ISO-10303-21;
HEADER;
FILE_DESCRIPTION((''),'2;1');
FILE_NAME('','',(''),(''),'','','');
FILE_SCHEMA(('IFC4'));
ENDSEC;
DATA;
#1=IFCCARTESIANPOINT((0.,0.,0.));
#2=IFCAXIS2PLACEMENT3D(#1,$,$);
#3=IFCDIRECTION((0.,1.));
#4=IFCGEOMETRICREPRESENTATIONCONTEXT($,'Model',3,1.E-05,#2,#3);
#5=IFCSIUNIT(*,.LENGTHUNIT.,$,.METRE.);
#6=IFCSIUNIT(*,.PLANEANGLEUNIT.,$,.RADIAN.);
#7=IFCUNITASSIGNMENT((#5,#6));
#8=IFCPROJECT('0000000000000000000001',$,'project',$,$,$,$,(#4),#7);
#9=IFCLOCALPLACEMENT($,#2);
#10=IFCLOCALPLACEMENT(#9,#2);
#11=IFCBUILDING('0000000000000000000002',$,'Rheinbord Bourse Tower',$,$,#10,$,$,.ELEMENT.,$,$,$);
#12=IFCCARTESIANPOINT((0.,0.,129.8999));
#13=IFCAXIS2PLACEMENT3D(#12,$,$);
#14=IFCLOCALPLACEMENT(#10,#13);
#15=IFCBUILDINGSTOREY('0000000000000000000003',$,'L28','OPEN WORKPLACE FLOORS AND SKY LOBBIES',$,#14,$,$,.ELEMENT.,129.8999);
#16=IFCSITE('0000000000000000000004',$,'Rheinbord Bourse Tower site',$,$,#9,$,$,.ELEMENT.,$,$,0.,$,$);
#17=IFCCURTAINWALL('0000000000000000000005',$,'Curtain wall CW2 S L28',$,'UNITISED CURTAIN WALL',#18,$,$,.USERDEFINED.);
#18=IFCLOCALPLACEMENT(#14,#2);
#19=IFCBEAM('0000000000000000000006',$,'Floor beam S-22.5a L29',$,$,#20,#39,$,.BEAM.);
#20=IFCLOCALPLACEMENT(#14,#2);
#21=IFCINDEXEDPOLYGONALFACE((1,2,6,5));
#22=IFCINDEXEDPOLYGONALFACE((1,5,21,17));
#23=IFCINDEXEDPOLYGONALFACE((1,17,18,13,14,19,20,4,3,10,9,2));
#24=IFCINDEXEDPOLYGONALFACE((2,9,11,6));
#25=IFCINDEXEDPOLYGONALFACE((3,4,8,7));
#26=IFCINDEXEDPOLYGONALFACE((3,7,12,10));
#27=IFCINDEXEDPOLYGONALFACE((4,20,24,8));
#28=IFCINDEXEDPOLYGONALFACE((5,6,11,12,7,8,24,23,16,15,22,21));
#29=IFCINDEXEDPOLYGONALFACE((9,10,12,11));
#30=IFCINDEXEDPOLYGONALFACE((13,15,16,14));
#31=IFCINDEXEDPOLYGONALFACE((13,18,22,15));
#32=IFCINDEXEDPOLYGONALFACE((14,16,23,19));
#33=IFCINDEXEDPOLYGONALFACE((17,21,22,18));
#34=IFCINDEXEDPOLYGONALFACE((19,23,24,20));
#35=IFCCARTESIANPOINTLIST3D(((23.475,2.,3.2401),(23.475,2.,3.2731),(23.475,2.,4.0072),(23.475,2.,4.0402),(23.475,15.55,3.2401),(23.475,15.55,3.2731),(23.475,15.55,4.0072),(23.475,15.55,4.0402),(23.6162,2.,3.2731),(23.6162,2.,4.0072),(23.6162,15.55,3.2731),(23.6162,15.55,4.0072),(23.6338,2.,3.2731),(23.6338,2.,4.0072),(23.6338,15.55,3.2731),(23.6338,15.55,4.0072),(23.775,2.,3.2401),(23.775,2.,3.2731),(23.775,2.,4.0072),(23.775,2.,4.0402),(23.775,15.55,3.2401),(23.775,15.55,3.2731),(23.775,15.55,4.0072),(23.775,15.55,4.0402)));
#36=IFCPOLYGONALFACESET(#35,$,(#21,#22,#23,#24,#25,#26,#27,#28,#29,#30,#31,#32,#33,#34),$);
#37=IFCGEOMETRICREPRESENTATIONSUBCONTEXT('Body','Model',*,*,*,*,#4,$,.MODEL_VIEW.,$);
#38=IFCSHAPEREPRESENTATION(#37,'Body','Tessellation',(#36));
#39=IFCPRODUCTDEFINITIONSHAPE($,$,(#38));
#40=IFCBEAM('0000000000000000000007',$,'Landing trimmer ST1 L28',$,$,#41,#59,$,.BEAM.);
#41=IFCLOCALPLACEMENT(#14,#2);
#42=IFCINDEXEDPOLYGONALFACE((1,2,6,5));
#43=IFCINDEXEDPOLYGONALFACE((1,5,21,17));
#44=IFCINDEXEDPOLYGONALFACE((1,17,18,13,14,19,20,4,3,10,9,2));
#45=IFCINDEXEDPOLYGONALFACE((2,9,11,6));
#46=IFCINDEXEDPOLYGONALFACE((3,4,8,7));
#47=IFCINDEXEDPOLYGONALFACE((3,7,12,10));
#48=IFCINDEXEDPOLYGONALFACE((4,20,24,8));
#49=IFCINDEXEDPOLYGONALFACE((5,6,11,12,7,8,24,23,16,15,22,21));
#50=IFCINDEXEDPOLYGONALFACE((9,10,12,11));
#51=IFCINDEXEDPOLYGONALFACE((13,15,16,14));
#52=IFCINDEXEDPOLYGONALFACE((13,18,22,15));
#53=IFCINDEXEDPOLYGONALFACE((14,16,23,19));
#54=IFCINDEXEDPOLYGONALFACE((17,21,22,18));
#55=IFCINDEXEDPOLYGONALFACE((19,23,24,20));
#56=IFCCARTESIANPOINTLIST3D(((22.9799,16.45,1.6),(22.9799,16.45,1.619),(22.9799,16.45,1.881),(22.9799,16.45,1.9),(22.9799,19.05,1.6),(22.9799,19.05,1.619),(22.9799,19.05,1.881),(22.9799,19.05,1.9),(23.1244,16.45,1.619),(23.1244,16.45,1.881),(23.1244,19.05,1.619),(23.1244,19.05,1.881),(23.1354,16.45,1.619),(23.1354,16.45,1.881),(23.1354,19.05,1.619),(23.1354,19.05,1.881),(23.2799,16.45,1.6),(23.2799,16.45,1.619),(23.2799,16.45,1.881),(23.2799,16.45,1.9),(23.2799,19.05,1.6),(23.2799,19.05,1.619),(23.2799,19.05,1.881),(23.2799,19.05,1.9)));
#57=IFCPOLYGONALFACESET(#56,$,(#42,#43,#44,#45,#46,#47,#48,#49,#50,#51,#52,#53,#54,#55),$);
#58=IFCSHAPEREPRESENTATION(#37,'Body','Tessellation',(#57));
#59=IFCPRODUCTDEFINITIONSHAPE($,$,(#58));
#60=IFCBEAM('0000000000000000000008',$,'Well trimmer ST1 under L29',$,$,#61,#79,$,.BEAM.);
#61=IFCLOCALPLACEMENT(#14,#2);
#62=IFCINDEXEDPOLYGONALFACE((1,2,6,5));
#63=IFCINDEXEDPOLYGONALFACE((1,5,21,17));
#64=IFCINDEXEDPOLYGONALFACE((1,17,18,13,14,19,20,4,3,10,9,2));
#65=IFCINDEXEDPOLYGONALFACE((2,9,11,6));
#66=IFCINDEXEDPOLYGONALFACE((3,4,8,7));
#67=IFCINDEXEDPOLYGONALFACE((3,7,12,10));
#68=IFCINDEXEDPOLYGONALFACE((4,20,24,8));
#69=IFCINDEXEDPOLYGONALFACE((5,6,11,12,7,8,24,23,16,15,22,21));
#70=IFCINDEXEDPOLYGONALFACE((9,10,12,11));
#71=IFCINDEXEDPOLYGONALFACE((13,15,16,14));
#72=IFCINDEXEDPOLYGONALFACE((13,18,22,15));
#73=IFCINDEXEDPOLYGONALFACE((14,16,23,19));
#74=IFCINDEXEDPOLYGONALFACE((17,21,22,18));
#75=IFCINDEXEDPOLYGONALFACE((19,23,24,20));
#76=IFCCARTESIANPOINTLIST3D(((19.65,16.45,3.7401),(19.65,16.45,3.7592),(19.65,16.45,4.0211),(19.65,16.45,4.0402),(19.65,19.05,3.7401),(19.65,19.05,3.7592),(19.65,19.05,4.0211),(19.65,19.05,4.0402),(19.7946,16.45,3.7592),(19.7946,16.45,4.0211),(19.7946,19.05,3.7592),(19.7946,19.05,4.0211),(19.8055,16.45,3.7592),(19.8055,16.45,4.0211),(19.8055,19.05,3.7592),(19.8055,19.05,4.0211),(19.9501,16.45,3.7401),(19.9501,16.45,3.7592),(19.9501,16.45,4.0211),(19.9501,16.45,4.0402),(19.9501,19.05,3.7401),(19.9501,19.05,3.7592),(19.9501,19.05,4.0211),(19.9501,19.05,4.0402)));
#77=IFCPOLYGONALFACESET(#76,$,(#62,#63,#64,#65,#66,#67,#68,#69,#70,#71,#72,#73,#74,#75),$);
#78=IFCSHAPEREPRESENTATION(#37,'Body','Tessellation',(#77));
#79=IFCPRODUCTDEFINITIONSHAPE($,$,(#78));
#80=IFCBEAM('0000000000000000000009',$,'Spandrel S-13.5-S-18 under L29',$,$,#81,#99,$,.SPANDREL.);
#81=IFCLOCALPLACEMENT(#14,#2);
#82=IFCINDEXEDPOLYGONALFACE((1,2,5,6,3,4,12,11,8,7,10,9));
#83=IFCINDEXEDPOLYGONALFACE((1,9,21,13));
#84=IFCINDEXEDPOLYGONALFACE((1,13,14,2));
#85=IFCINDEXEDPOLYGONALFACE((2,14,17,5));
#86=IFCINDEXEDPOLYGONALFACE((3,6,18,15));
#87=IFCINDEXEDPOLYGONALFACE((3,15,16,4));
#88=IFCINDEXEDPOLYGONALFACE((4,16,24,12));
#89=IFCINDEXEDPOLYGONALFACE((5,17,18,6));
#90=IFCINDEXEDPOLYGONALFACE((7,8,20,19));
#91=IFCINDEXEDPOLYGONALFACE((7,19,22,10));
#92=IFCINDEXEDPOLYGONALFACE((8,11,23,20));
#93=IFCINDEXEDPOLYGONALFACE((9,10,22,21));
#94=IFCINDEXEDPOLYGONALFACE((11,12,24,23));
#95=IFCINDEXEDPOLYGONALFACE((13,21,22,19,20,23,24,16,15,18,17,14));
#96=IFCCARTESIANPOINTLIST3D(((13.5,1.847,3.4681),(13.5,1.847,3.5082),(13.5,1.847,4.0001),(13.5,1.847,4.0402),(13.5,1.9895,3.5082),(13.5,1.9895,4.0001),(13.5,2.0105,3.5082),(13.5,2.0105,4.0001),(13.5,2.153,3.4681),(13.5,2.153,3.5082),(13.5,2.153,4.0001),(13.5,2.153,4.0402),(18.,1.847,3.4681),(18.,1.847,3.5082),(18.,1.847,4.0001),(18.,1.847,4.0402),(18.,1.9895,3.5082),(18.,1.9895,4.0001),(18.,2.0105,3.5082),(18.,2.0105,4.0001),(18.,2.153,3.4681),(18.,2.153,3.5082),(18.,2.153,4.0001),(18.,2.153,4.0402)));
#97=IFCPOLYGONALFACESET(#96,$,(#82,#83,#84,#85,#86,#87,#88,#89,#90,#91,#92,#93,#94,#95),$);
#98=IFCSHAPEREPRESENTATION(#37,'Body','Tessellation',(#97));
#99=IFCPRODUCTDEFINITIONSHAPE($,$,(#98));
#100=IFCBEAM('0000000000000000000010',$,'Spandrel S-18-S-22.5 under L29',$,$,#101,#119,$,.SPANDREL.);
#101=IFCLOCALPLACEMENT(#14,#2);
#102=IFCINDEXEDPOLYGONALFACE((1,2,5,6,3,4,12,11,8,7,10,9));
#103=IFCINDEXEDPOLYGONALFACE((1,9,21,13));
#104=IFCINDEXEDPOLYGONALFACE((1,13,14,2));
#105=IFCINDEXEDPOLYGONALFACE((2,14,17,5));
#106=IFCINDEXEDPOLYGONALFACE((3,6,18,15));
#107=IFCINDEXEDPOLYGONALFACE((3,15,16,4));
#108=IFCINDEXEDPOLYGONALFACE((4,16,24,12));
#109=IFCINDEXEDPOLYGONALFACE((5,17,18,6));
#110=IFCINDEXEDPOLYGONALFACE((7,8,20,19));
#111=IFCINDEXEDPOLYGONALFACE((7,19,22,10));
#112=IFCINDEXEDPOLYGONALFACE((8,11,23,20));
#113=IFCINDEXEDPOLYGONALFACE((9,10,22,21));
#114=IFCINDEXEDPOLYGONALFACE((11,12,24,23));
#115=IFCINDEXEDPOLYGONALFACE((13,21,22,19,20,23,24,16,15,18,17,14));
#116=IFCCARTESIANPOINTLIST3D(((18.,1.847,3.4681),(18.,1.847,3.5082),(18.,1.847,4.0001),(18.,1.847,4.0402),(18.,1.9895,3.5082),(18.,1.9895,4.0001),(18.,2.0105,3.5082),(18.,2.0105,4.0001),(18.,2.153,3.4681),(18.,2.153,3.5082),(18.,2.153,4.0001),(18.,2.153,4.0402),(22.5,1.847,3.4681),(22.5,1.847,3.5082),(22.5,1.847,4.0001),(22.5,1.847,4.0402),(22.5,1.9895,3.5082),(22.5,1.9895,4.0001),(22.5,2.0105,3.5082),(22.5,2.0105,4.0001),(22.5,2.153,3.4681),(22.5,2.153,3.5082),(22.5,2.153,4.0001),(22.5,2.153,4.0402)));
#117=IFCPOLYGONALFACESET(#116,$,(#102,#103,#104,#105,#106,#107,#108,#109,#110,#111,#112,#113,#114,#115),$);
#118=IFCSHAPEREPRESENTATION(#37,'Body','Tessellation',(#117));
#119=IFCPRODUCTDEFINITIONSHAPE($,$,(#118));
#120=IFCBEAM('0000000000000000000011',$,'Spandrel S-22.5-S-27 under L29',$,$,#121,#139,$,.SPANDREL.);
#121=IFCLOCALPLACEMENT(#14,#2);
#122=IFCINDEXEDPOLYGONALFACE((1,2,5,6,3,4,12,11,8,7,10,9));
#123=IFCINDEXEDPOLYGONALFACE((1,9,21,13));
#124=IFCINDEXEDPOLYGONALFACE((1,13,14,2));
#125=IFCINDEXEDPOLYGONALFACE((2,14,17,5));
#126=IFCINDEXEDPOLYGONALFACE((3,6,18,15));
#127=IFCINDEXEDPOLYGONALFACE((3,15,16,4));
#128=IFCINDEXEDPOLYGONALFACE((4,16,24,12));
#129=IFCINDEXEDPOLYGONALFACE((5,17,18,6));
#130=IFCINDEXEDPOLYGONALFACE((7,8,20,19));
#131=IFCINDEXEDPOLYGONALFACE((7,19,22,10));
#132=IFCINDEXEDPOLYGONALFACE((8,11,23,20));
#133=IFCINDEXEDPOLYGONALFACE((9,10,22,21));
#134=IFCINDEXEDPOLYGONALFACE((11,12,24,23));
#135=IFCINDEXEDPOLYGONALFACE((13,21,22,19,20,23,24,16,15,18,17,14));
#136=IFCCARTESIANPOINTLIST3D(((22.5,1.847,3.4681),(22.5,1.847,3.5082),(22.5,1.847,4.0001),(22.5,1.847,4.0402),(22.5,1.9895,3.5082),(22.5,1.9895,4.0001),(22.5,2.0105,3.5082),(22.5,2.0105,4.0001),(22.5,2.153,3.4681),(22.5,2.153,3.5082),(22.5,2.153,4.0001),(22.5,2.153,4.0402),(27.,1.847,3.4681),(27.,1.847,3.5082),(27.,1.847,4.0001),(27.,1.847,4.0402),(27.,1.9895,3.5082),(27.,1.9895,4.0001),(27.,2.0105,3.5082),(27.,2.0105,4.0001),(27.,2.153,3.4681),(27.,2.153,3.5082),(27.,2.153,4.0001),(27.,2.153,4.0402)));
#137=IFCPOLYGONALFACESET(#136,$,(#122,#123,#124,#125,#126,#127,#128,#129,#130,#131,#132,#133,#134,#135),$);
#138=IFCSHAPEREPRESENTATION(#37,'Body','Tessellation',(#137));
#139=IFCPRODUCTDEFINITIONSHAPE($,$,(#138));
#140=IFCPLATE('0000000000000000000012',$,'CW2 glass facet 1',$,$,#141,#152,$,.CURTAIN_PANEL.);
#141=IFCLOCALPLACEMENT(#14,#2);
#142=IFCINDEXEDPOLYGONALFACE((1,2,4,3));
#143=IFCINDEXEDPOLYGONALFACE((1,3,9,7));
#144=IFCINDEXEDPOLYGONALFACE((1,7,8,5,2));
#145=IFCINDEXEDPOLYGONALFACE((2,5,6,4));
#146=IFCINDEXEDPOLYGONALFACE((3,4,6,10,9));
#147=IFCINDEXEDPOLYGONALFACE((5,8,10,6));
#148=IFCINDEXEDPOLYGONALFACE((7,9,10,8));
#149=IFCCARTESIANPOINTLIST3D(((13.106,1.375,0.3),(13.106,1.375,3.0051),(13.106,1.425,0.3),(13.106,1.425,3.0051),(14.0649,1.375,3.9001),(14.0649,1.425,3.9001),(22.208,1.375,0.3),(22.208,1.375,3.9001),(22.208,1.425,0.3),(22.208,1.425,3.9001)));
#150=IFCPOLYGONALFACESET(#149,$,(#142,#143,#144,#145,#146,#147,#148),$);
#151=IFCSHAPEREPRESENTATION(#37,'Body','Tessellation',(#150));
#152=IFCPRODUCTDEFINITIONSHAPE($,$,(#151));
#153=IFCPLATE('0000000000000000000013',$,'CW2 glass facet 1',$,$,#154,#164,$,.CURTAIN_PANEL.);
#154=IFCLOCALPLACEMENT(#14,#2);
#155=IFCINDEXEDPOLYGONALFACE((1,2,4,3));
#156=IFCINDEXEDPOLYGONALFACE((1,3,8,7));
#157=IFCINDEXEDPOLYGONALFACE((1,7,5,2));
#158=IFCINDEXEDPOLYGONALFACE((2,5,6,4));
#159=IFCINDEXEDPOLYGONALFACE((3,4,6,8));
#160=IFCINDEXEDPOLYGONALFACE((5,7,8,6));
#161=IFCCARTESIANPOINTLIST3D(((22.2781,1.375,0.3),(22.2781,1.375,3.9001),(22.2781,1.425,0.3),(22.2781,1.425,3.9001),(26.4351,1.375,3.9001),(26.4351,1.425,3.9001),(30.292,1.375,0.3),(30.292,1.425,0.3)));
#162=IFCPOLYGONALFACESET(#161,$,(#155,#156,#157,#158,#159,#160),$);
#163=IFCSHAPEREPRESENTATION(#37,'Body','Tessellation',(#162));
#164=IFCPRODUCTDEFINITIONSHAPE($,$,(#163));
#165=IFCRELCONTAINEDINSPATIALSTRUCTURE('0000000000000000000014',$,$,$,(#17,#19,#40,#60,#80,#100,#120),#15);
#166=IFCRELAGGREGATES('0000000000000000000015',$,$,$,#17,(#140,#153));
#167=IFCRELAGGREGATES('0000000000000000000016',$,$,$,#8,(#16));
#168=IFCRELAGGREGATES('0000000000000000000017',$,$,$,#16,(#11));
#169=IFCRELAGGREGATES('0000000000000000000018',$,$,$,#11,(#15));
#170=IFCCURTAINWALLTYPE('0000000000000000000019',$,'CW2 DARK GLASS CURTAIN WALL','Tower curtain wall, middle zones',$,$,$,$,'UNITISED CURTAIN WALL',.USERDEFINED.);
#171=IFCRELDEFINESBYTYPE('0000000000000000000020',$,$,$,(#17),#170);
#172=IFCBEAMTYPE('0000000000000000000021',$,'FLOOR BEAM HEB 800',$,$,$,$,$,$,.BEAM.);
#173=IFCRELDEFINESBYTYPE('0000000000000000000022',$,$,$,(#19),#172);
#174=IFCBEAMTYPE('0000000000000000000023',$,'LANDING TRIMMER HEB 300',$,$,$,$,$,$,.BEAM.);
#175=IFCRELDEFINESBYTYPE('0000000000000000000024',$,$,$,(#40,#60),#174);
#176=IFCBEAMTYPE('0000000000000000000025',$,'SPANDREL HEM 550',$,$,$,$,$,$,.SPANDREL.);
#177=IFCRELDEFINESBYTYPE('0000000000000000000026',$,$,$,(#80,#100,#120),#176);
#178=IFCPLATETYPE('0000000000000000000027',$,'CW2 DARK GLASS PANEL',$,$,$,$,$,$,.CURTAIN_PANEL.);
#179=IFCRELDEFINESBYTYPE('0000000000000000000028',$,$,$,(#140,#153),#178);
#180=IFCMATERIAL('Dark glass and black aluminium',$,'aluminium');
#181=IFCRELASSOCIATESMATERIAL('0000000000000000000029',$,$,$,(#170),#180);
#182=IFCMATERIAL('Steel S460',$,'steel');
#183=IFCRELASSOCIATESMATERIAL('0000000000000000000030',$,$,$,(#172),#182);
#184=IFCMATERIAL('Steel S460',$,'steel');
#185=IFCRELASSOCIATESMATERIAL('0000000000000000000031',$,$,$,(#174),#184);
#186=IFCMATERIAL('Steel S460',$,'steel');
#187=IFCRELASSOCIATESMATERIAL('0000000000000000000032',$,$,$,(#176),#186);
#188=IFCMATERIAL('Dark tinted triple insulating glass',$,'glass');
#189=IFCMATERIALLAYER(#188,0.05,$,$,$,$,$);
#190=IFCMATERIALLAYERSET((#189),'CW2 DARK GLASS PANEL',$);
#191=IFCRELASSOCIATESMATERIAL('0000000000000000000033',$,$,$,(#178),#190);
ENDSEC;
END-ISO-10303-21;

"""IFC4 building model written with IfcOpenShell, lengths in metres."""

from ifc_helpers import new_model, si_unit, direction, frame, origin, origin_2d, place, context, subcontext, project, spatial, polyline, i_section, outline, extrude, material, layer, layer_set, material_profile, profile_set, type_object, element, aggregate, save


model = new_model("IFC4")

# Units and contexts
model_context = context("Model", 3, precision=1e-05, world=origin(), true_north=direction((0.0, 1.0)))
body_context = subcontext(model_context, "Body", "Model", "MODEL_VIEW")
ifc_project = project(units=[si_unit("LENGTHUNIT", "METRE"), si_unit("PLANEANGLEUNIT", "RADIAN")], contexts=[model_context])

# Site, building, storey
site_placement = place(None, origin())
site = spatial("IfcSite", under=ifc_project, at=site_placement, Name="Rheinbord Bourse Tower site", CompositionType="ELEMENT", RefElevation=0.0)
building_placement = place(site_placement, origin())
building = spatial("IfcBuilding", under=site, at=building_placement, Name="Rheinbord Bourse Tower", CompositionType="ELEMENT")
storey_placement = place(building_placement, frame((0.0, 0.0, 129.8999)))
storey = spatial("IfcBuildingStorey", under=building, at=storey_placement, Name="L28", Description="OPEN WORKPLACE FLOORS AND SKY LOBBIES", CompositionType="ELEMENT", Elevation=129.8999)

# Curtain wall
ifc_material_1 = material(Name="Dark glass and black aluminium", Category="aluminium")
curtain_wall_type = type_object("IfcCurtainWallType", Name="CW2 DARK GLASS CURTAIN WALL", Description="Tower curtain wall, middle zones", ElementType="UNITISED CURTAIN WALL", PredefinedType="USERDEFINED", material=ifc_material_1)
curtain_wall_placement = place(storey_placement, origin())
curtain_wall = element("IfcCurtainWall", 1, at=curtain_wall_placement, inside=storey, type_object=curtain_wall_type, Name="Curtain wall CW2 S L28", ObjectType="UNITISED CURTAIN WALL", PredefinedType="USERDEFINED")

# Beams
ifc_material_2 = material(Name="Steel S460", Category="steel")
ifc_material_profile_1 = material_profile(ifc_material_2, i_section(OverallWidth=0.3, OverallDepth=0.8, WebThickness=0.0176, FlangeThickness=0.033, at=origin_2d()), Name="HEB 800")
ifc_profile_set_1 = profile_set([ifc_material_profile_1], Name="Steel S460")
beam_type_1 = type_object("IfcBeamType", Name="FLOOR BEAM HEB 800", PredefinedType="BEAM", material=ifc_profile_set_1)
for number, where, z_axis, x_axis, name in (
    (2, (23.625, 2.0, 3.6401), (0.0, 1.0, 0.0), (-1.0, 0.0, 0.0), "Floor beam S-22.5a L29"),
):
    element("IfcBeam", number, at=place(storey_placement, frame(where, z_axis=z_axis, x_axis=x_axis)), inside=storey, type_object=beam_type_1, Name=name, PredefinedType="BEAM", context=body_context, shape_type="SweptSolid", body=[
        extrude(i_section(OverallWidth=0.3, OverallDepth=0.8, WebThickness=0.0176, FlangeThickness=0.033, at=origin_2d()), origin(), (0.0, 0.0, 1.0), 13.55),
    ])
ifc_material_3 = material(Name="Steel S460", Category="steel")
ifc_material_profile_2 = material_profile(ifc_material_3, i_section(OverallWidth=0.3, OverallDepth=0.3, WebThickness=0.011, FlangeThickness=0.019, at=origin_2d()), Name="HEB 300")
ifc_profile_set_2 = profile_set([ifc_material_profile_2], Name="Steel S460")
beam_type_2 = type_object("IfcBeamType", Name="LANDING TRIMMER HEB 300", PredefinedType="BEAM", material=ifc_profile_set_2)
for number, where, z_axis, x_axis, name in (
    (3, (23.1299, 16.45, 1.75), (0.0, 1.0, 0.0), (-1.0, 0.0, 0.0), "Landing trimmer ST1 L28"),
    (4, (19.8, 16.45, 3.8901), (0.0, 1.0, 0.0), (-1.0, 0.0, 0.0), "Well trimmer ST1 under L29"),
):
    element("IfcBeam", number, at=place(storey_placement, frame(where, z_axis=z_axis, x_axis=x_axis)), inside=storey, type_object=beam_type_2, Name=name, PredefinedType="BEAM", context=body_context, shape_type="SweptSolid", body=[
        extrude(i_section(OverallWidth=0.3, OverallDepth=0.3, WebThickness=0.011, FlangeThickness=0.019, at=origin_2d()), origin(), (0.0, 0.0, 1.0), 2.6001),
    ])
ifc_material_4 = material(Name="Steel S460", Category="steel")
ifc_material_profile_3 = material_profile(ifc_material_4, i_section(OverallWidth=0.3059, OverallDepth=0.572, WebThickness=0.021, FlangeThickness=0.04, at=origin_2d()), Name="HEM 550")
ifc_profile_set_3 = profile_set([ifc_material_profile_3], Name="Steel S460")
beam_type_3 = type_object("IfcBeamType", Name="SPANDREL HEM 550", PredefinedType="SPANDREL", material=ifc_profile_set_3)
for number, where, z_axis, x_axis, name in (
    (5, (13.5, 2.0, 3.7542), (1.0, 0.0, 0.0), (0.0, 1.0, 0.0), "Spandrel S-13.5-S-18 under L29"),
    (6, (18.0, 2.0, 3.7542), (1.0, 0.0, 0.0), (0.0, 1.0, 0.0), "Spandrel S-18-S-22.5 under L29"),
    (7, (22.5, 2.0, 3.7542), (1.0, 0.0, 0.0), (0.0, 1.0, 0.0), "Spandrel S-22.5-S-27 under L29"),
):
    element("IfcBeam", number, at=place(storey_placement, frame(where, z_axis=z_axis, x_axis=x_axis)), inside=storey, type_object=beam_type_3, Name=name, PredefinedType="SPANDREL", context=body_context, shape_type="SweptSolid", body=[
        extrude(i_section(OverallWidth=0.3059, OverallDepth=0.572, WebThickness=0.021, FlangeThickness=0.04, at=origin_2d()), origin(), (0.0, 0.0, 1.0), 4.5),
    ])

# Plates
ifc_material_5 = material(Name="Dark tinted triple insulating glass", Category="glass")
ifc_layer_1 = layer(ifc_material_5, 0.05)
ifc_layer_set_1 = layer_set([ifc_layer_1], Name="CW2 DARK GLASS PANEL")
plate_type = type_object("IfcPlateType", Name="CW2 DARK GLASS PANEL", PredefinedType="CURTAIN_PANEL", material=ifc_layer_set_1)
plate_1_placement = place(storey_placement, frame((22.208, 1.375, 3.9001), z_axis=(0.0, 1.0, 0.0), x_axis=(0.0, 0.0, -1.0)))
plate_1 = element("IfcPlate", 8, at=plate_1_placement, type_object=plate_type, Name="CW2 glass facet 1", PredefinedType="CURTAIN_PANEL", context=body_context, shape_type="SweptSolid", body=[
    extrude(outline(polyline([(0.0, 0.0), (3.6001, 0.0), (3.6001, 9.1021), (0.895, 9.1021), (0.0, 8.1431), (0.0, 0.0)])), origin(), (0.0, 0.0, 1.0), 0.05),
])
plate_2_placement = place(storey_placement, frame((22.2781, 1.375, 0.3), z_axis=(0.0, 1.0, 0.0), x_axis=(0.0, 0.0, 1.0)))
plate_2 = element("IfcPlate", 9, at=plate_2_placement, type_object=plate_type, Name="CW2 glass facet 1", PredefinedType="CURTAIN_PANEL", context=body_context, shape_type="SweptSolid", body=[
    extrude(outline(polyline([(0.0, 0.0), (3.6001, 0.0), (3.6001, 4.157), (0.0, 8.0139), (0.0, 0.0)])), origin(), (0.0, 0.0, 1.0), 0.05),
])
aggregate(curtain_wall, [plate_1, plate_2])

save(model, "model.ifc")
